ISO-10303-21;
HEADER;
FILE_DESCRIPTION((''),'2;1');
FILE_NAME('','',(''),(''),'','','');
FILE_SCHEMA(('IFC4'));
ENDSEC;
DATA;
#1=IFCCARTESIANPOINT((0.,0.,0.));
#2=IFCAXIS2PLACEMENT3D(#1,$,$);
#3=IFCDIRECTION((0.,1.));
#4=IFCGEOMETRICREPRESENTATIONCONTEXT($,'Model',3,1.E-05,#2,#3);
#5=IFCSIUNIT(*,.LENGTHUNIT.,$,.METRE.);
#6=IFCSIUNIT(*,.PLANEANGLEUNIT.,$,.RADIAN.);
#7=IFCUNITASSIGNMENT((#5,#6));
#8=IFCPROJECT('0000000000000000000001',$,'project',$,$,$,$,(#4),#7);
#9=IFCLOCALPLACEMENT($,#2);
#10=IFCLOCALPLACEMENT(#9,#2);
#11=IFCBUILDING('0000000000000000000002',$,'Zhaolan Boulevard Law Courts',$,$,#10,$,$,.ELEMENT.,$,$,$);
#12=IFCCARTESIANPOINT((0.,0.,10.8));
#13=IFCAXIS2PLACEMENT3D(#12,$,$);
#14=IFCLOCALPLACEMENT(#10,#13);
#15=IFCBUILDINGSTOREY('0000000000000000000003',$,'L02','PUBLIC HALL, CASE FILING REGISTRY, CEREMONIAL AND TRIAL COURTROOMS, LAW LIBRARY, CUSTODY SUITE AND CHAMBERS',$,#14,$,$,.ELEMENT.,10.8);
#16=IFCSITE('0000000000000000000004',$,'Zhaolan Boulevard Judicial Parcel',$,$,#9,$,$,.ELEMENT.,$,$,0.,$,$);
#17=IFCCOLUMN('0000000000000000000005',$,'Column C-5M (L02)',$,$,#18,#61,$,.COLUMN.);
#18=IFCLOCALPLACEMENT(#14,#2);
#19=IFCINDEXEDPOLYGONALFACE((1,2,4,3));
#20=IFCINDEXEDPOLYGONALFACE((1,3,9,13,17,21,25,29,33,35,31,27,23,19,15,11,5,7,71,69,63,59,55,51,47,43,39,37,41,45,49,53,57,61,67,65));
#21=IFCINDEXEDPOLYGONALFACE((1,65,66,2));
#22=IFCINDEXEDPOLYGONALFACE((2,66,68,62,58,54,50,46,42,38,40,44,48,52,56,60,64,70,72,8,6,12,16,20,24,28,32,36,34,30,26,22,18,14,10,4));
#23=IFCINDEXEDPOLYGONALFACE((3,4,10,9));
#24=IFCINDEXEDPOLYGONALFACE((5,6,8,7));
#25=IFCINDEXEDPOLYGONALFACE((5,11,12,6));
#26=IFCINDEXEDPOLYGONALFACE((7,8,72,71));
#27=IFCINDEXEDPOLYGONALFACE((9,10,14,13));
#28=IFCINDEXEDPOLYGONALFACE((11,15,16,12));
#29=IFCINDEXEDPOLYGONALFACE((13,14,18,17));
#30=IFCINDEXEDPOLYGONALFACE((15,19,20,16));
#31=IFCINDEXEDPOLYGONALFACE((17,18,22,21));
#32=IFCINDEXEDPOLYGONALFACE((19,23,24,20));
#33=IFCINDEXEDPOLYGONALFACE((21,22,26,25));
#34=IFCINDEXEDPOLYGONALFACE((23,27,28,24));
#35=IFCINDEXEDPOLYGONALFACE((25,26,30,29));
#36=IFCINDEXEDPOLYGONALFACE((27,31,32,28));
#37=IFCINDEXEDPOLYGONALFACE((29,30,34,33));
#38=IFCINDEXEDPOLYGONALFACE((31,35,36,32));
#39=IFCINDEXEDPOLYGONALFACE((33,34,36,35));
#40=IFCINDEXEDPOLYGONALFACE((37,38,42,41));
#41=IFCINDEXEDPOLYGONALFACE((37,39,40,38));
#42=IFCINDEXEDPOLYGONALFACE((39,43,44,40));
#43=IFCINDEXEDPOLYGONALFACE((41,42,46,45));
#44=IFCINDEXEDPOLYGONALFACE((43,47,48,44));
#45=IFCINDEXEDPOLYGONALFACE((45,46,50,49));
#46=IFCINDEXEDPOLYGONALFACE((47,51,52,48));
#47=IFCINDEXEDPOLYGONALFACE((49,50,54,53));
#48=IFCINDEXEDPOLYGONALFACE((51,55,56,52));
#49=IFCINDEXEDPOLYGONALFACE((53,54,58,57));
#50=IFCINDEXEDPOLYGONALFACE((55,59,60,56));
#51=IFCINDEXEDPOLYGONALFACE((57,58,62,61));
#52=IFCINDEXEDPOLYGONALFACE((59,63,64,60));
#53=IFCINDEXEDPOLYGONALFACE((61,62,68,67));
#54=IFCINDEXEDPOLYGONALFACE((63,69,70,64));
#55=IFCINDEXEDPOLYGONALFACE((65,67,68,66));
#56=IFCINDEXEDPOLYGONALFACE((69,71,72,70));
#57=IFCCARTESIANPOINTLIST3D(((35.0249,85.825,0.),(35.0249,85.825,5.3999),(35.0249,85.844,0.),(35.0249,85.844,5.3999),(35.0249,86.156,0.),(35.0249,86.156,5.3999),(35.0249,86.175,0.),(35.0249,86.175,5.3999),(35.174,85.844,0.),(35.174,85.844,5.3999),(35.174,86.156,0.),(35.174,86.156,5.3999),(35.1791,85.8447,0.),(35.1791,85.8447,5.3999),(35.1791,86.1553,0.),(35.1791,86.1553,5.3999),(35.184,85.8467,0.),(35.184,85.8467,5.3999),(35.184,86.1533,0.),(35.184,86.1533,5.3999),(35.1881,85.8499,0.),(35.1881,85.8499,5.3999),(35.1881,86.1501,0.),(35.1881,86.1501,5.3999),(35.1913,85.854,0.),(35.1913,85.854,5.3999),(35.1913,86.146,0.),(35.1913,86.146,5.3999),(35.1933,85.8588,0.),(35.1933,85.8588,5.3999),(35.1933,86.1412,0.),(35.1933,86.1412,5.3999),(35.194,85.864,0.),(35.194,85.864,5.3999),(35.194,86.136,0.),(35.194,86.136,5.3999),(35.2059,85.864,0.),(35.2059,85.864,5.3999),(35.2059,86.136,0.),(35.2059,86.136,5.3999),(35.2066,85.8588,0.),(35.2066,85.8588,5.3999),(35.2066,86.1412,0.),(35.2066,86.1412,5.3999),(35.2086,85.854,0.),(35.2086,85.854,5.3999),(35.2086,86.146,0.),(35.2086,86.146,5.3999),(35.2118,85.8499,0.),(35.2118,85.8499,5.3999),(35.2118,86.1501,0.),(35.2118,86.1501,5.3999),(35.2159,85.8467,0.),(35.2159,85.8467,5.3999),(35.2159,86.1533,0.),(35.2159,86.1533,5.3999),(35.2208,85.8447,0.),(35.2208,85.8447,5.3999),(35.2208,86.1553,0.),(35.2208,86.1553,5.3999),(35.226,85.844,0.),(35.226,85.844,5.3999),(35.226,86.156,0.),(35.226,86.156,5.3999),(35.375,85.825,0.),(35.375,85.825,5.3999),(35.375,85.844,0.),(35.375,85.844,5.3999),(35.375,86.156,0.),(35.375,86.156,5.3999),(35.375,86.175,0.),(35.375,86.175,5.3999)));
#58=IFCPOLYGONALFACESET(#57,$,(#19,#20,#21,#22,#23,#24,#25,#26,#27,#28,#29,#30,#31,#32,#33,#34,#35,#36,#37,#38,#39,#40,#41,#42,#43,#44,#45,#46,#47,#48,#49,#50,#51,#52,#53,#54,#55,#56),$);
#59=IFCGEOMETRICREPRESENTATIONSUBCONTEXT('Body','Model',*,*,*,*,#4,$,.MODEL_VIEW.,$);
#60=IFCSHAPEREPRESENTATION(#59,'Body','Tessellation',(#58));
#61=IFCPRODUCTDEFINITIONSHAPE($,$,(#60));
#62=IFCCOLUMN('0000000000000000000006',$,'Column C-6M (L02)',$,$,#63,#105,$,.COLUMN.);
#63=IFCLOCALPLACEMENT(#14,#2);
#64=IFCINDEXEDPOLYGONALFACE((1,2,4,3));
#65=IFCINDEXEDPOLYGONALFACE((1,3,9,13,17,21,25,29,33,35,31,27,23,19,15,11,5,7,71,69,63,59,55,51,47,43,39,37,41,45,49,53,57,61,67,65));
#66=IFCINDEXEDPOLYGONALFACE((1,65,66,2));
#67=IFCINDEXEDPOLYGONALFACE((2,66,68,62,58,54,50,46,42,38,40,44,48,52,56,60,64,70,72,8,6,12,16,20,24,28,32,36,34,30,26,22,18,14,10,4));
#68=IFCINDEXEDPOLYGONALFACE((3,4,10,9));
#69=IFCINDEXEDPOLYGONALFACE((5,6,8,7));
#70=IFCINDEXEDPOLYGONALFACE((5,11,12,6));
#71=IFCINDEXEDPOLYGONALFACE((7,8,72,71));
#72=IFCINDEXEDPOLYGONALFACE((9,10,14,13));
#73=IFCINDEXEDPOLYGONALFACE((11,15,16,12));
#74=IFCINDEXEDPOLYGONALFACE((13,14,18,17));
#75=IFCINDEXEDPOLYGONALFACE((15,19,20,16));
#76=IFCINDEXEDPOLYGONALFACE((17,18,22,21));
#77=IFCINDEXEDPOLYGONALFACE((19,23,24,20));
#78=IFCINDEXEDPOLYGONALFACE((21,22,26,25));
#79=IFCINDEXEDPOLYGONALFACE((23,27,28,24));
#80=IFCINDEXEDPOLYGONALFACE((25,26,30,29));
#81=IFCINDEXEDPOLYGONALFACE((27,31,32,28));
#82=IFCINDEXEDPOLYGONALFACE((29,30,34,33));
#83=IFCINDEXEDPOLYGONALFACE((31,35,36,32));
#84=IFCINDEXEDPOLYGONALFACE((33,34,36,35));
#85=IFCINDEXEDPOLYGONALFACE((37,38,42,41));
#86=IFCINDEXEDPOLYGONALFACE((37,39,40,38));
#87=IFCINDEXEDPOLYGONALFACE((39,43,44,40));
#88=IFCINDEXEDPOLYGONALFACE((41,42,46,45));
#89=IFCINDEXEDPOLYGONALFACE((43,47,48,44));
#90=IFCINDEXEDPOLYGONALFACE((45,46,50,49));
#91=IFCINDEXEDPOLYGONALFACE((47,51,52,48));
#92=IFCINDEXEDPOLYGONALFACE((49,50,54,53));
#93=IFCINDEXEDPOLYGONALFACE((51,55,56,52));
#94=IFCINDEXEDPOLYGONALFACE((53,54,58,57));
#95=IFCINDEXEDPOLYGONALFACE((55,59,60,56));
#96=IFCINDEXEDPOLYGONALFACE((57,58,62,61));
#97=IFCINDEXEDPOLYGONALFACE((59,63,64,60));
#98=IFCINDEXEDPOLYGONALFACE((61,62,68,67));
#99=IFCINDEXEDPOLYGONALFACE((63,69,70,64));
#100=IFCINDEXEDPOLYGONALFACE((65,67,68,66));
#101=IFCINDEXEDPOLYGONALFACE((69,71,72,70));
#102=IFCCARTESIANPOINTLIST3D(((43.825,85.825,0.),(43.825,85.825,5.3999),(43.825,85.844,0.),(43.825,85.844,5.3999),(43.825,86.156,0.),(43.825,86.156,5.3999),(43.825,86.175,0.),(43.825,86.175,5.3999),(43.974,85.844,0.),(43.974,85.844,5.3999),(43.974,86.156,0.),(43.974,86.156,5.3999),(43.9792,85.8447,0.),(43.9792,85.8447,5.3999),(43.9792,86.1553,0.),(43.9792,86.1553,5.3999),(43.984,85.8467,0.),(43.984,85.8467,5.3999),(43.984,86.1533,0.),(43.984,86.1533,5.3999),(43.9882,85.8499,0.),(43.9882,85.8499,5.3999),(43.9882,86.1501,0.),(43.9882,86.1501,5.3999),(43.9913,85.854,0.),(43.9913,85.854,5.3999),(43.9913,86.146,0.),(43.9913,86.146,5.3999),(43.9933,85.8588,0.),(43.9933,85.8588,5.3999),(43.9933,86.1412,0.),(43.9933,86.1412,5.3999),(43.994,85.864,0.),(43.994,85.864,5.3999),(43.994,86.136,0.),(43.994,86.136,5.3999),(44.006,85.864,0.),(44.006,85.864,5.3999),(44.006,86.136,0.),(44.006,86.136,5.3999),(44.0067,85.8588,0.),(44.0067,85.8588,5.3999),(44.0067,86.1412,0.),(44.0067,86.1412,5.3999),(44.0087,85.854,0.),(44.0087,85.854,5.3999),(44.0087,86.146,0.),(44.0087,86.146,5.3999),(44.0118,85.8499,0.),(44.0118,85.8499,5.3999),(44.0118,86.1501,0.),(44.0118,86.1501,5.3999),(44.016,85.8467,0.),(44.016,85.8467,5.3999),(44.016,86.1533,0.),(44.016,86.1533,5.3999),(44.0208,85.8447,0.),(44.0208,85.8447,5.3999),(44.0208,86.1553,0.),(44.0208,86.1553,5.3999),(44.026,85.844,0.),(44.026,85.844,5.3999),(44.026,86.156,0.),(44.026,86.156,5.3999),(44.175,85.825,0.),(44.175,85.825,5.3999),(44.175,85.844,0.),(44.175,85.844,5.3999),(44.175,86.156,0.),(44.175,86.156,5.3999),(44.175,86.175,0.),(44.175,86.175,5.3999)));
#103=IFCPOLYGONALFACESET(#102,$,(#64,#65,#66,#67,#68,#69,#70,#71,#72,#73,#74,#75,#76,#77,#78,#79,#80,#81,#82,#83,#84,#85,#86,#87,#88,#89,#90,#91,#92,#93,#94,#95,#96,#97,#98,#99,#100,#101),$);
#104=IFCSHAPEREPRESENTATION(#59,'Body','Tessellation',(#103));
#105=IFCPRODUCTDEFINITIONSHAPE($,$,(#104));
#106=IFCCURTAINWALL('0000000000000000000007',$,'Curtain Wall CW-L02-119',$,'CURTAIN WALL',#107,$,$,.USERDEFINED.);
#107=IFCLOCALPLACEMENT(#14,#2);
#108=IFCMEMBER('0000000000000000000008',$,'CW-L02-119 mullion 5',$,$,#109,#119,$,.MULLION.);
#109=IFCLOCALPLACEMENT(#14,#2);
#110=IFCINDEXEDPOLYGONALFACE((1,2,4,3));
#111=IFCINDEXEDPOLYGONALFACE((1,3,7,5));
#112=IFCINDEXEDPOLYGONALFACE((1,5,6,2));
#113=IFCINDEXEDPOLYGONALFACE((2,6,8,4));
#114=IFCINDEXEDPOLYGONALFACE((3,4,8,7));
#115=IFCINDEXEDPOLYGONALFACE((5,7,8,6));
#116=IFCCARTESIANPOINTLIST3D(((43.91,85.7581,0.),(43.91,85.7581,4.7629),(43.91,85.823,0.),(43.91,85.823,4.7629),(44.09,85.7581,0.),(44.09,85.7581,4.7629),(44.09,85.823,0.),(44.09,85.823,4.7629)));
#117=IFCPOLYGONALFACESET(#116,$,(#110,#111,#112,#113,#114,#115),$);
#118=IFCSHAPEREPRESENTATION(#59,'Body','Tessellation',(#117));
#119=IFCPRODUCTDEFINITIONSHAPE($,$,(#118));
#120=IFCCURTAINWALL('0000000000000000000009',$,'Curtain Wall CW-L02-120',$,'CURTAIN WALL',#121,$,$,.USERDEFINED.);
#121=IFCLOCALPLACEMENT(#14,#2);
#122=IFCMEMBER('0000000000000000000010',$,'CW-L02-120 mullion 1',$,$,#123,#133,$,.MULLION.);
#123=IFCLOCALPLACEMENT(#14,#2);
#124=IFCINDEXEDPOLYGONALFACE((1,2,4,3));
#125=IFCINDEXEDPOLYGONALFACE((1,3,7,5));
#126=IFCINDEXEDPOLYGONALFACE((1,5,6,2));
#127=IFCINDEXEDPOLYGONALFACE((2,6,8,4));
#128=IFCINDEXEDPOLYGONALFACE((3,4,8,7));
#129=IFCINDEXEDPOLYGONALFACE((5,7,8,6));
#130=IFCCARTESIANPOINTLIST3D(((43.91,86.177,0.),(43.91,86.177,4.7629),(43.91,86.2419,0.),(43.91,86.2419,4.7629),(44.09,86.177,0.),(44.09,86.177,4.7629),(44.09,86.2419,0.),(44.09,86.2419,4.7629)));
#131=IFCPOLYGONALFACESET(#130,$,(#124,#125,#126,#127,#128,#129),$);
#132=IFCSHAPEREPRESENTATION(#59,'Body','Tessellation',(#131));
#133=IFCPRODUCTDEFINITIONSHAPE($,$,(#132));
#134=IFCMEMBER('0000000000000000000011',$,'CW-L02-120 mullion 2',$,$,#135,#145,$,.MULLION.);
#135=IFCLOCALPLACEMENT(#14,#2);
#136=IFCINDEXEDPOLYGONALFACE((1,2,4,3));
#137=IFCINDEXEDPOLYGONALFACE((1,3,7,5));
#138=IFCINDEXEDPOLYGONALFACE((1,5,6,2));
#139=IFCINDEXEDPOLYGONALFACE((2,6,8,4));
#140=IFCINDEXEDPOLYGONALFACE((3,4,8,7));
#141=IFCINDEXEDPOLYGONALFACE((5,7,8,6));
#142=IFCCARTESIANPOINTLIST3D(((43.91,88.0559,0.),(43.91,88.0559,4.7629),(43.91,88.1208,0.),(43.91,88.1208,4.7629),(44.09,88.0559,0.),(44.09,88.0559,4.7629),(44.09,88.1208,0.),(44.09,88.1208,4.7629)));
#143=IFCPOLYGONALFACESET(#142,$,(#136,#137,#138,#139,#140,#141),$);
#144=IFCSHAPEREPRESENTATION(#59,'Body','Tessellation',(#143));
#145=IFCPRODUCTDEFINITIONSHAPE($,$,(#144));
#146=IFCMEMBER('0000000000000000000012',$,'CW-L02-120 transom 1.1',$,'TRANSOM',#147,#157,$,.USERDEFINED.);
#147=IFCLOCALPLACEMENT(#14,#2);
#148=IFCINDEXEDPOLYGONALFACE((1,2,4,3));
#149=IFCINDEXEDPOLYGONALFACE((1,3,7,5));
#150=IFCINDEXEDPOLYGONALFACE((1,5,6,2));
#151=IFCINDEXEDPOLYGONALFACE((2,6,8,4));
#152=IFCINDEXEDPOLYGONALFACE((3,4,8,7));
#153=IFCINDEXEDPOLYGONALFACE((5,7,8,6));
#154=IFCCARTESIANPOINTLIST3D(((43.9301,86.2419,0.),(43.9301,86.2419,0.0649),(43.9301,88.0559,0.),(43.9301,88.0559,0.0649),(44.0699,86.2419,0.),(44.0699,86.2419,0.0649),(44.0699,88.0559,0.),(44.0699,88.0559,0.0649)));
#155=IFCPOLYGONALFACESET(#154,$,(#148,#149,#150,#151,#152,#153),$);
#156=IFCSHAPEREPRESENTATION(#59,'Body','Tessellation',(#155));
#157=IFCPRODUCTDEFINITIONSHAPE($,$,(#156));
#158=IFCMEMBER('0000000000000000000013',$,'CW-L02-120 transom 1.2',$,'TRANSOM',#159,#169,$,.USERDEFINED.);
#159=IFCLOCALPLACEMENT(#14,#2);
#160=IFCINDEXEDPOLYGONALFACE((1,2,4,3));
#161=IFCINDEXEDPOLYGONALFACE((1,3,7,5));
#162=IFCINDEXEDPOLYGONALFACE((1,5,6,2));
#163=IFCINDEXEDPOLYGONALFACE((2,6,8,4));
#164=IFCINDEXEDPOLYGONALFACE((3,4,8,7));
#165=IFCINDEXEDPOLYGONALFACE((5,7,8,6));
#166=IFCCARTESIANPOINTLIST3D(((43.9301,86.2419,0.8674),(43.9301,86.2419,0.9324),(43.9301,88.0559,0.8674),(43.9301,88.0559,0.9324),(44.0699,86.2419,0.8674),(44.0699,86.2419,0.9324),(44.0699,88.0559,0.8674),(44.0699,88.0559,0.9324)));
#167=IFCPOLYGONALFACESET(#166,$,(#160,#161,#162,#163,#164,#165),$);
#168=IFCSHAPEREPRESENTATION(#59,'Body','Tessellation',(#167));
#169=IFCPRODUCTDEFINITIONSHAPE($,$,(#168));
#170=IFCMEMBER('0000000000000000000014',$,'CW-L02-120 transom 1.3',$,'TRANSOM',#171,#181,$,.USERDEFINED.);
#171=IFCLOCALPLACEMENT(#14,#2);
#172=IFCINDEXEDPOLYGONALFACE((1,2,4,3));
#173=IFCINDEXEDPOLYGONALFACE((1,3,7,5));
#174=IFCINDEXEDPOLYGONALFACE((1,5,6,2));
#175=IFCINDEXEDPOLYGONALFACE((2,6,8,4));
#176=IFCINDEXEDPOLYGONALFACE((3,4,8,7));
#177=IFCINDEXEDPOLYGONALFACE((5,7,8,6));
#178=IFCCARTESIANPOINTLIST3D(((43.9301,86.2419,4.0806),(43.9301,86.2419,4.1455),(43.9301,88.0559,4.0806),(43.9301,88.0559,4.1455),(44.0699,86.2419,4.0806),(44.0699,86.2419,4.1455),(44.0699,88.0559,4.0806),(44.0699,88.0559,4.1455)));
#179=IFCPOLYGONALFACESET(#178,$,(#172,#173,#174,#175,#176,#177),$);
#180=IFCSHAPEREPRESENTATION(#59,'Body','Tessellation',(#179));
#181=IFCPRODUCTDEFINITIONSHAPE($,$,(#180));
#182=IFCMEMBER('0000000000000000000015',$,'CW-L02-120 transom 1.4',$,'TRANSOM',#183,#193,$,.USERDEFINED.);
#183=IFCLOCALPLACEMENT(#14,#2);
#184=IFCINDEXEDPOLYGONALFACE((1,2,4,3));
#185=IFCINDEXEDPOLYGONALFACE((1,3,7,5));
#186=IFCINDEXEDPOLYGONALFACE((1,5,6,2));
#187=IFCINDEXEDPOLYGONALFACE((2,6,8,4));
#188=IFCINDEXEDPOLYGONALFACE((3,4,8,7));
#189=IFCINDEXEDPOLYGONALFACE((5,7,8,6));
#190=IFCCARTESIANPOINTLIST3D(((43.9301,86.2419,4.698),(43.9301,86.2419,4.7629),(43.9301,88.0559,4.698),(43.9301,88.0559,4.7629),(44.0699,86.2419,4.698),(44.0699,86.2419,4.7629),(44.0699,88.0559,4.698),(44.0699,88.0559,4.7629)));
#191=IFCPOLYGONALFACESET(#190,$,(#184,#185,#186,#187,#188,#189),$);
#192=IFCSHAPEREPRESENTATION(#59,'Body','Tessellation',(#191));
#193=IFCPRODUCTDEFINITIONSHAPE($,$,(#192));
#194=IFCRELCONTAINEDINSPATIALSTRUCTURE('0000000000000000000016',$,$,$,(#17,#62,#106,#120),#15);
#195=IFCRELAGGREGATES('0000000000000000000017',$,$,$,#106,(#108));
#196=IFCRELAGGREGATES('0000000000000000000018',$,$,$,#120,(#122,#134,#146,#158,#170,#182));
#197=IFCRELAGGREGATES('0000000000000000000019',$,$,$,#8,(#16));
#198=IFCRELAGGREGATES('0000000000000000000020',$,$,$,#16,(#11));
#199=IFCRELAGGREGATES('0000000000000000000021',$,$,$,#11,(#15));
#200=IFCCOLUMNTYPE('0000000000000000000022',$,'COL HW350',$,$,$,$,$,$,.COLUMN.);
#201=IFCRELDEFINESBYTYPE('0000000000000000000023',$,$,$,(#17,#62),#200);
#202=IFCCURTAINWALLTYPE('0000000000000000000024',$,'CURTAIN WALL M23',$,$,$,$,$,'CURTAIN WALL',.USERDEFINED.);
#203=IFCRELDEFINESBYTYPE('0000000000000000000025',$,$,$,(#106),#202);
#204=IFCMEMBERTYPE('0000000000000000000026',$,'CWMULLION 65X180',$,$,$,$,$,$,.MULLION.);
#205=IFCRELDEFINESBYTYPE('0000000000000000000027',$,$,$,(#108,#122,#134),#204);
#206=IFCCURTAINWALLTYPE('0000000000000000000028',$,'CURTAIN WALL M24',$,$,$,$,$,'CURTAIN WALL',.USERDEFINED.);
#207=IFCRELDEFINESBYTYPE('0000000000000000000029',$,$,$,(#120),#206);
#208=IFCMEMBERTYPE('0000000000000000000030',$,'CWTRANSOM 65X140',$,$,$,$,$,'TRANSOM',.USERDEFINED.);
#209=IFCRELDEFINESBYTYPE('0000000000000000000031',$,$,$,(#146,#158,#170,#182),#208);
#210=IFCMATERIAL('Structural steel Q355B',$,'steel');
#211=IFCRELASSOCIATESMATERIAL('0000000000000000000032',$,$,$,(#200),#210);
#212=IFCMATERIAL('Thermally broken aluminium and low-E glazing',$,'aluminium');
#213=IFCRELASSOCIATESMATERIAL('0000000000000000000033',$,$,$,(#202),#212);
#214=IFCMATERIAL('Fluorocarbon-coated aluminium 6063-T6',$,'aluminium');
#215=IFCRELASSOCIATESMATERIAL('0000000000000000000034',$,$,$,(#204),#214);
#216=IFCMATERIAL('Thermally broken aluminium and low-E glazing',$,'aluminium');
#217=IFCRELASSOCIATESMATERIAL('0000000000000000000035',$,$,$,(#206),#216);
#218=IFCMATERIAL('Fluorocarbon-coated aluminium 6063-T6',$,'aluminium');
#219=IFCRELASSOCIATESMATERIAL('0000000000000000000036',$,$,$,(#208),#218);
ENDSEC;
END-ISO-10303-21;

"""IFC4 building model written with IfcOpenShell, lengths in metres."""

from ifc_helpers import new_model, si_unit, direction, frame, origin, origin_2d, place, context, subcontext, project, spatial, rectangle, i_section, extrude, material, material_profile, profile_set, type_object, element, aggregate, save


model = new_model("IFC4")

# Units and contexts
model_context = context("Model", 3, precision=1e-05, world=origin(), true_north=direction((0.0, 1.0)))
body_context = subcontext(model_context, "Body", "Model", "MODEL_VIEW")
ifc_project = project(units=[si_unit("LENGTHUNIT", "METRE"), si_unit("PLANEANGLEUNIT", "RADIAN")], contexts=[model_context])

# Site, building, storey
site_placement = place(None, origin())
site = spatial("IfcSite", under=ifc_project, at=site_placement, Name="Zhaolan Boulevard Judicial Parcel", CompositionType="ELEMENT", RefElevation=0.0)
building_placement = place(site_placement, origin())
building = spatial("IfcBuilding", under=site, at=building_placement, Name="Zhaolan Boulevard Law Courts", CompositionType="ELEMENT")
storey_placement = place(building_placement, frame((0.0, 0.0, 10.8)))
storey = spatial("IfcBuildingStorey", under=building, at=storey_placement, Name="L02", Description="PUBLIC HALL, CASE FILING REGISTRY, CEREMONIAL AND TRIAL COURTROOMS, LAW LIBRARY, CUSTODY SUITE AND CHAMBERS", CompositionType="ELEMENT", Elevation=10.8)

# Columns
ifc_material_1 = material(Name="Structural steel Q355B", Category="steel")
ifc_material_profile_1 = material_profile(ifc_material_1, i_section(OverallWidth=0.3501, OverallDepth=0.3501, WebThickness=0.012, FlangeThickness=0.019, FilletRadius=0.02, at=origin_2d()), Name="HW350x350")
ifc_profile_set_1 = profile_set([ifc_material_profile_1], Name="Structural steel Q355B")
column_type = type_object("IfcColumnType", Name="COL HW350", PredefinedType="COLUMN", material=ifc_profile_set_1)
for number, where, z_axis, x_axis, name in (
    (1, (35.2, 86.0, 0.0), (0.0, 0.0, 1.0), (1.0, 0.0, 0.0), "Column C-5M (L02)"),
    (2, (44.0, 86.0, 0.0), (0.0, 0.0, 1.0), (1.0, 0.0, 0.0), "Column C-6M (L02)"),
):
    element("IfcColumn", number, at=place(storey_placement, frame(where, z_axis=z_axis, x_axis=x_axis)), inside=storey, type_object=column_type, Name=name, PredefinedType="COLUMN", context=body_context, shape_type="SweptSolid", body=[
        extrude(i_section(OverallWidth=0.3501, OverallDepth=0.3501, WebThickness=0.012, FlangeThickness=0.019, FilletRadius=0.02, at=origin_2d()), origin(), (0.0, 0.0, 1.0), 5.3999),
    ])

# Curtain wall, member
ifc_material_2 = material(Name="Thermally broken aluminium and low-E glazing", Category="aluminium")
curtain_wall_type_1 = type_object("IfcCurtainWallType", Name="CURTAIN WALL M23", ElementType="CURTAIN WALL", PredefinedType="USERDEFINED", material=ifc_material_2)
curtain_wall_1_placement = place(storey_placement, origin())
curtain_wall_1 = element("IfcCurtainWall", 3, at=curtain_wall_1_placement, inside=storey, type_object=curtain_wall_type_1, Name="Curtain Wall CW-L02-119", ObjectType="CURTAIN WALL", PredefinedType="USERDEFINED")
ifc_material_3 = material(Name="Fluorocarbon-coated aluminium 6063-T6", Category="aluminium")
ifc_material_profile_2 = material_profile(ifc_material_3, rectangle(XDim=0.1799, YDim=0.0649, at=origin_2d()), Name="AL65x180")
ifc_profile_set_2 = profile_set([ifc_material_profile_2], Name="Fluorocarbon-coated aluminium 6063-T6")
member_type_1 = type_object("IfcMemberType", Name="CWMULLION 65X180", PredefinedType="MULLION", material=ifc_profile_set_2)
member_1_placement = place(storey_placement, frame((44.0, 85.7905, 0.0), z_axis=(0.0, 0.0, 1.0), x_axis=(-1.0, 0.0, 0.0)))
member_1 = element("IfcMember", 4, at=member_1_placement, type_object=member_type_1, Name="CW-L02-119 mullion 5", PredefinedType="MULLION", context=body_context, shape_type="SweptSolid", body=[
    extrude(rectangle(XDim=0.1799, YDim=0.0649, at=origin_2d()), origin(), (0.0, 0.0, 1.0), 4.7629),
])

# Curtain wall, members
ifc_material_4 = material(Name="Thermally broken aluminium and low-E glazing", Category="aluminium")
curtain_wall_type_2 = type_object("IfcCurtainWallType", Name="CURTAIN WALL M24", ElementType="CURTAIN WALL", PredefinedType="USERDEFINED", material=ifc_material_4)
curtain_wall_2_placement = place(storey_placement, origin())
curtain_wall_2 = element("IfcCurtainWall", 5, at=curtain_wall_2_placement, inside=storey, type_object=curtain_wall_type_2, Name="Curtain Wall CW-L02-120", ObjectType="CURTAIN WALL", PredefinedType="USERDEFINED")
member_2_placement = place(storey_placement, frame((44.0, 86.2095, 0.0), z_axis=(0.0, 0.0, 1.0), x_axis=(-1.0, 0.0, 0.0)))
member_2 = element("IfcMember", 6, at=member_2_placement, type_object=member_type_1, Name="CW-L02-120 mullion 1", PredefinedType="MULLION", context=body_context, shape_type="SweptSolid", body=[
    extrude(rectangle(XDim=0.1799, YDim=0.0649, at=origin_2d()), origin(), (0.0, 0.0, 1.0), 4.7629),
])
member_3_placement = place(storey_placement, frame((44.0, 88.0884, 0.0), z_axis=(0.0, 0.0, 1.0), x_axis=(-1.0, 0.0, 0.0)))
member_3 = element("IfcMember", 7, at=member_3_placement, type_object=member_type_1, Name="CW-L02-120 mullion 2", PredefinedType="MULLION", context=body_context, shape_type="SweptSolid", body=[
    extrude(rectangle(XDim=0.1799, YDim=0.0649, at=origin_2d()), origin(), (0.0, 0.0, 1.0), 4.7629),
])
ifc_material_5 = material(Name="Fluorocarbon-coated aluminium 6063-T6", Category="aluminium")
ifc_material_profile_3 = material_profile(ifc_material_5, rectangle(XDim=0.1399, YDim=0.0649, at=origin_2d()), Name="AL65x140")
ifc_profile_set_3 = profile_set([ifc_material_profile_3], Name="Fluorocarbon-coated aluminium 6063-T6")
member_type_2 = type_object("IfcMemberType", Name="CWTRANSOM 65X140", ElementType="TRANSOM", PredefinedType="USERDEFINED", material=ifc_profile_set_3)
member_4_placement = place(storey_placement, frame((44.0, 86.2419, 0.0325), z_axis=(0.0, 1.0, 0.0), x_axis=(-1.0, 0.0, 0.0)))
member_4 = element("IfcMember", 8, at=member_4_placement, type_object=member_type_2, Name="CW-L02-120 transom 1.1", ObjectType="TRANSOM", PredefinedType="USERDEFINED", context=body_context, shape_type="SweptSolid", body=[
    extrude(rectangle(XDim=0.1399, YDim=0.0649, at=origin_2d()), origin(), (0.0, 0.0, 1.0), 1.814),
])
member_5_placement = place(storey_placement, frame((44.0, 86.2419, 0.8999), z_axis=(0.0, 1.0, 0.0), x_axis=(-1.0, 0.0, 0.0)))
member_5 = element("IfcMember", 9, at=member_5_placement, type_object=member_type_2, Name="CW-L02-120 transom 1.2", ObjectType="TRANSOM", PredefinedType="USERDEFINED", context=body_context, shape_type="SweptSolid", body=[
    extrude(rectangle(XDim=0.1399, YDim=0.0649, at=origin_2d()), origin(), (0.0, 0.0, 1.0), 1.814),
])
member_6_placement = place(storey_placement, frame((44.0, 86.2419, 4.113), z_axis=(0.0, 1.0, 0.0), x_axis=(-1.0, 0.0, 0.0)))
member_6 = element("IfcMember", 10, at=member_6_placement, type_object=member_type_2, Name="CW-L02-120 transom 1.3", ObjectType="TRANSOM", PredefinedType="USERDEFINED", context=body_context, shape_type="SweptSolid", body=[
    extrude(rectangle(XDim=0.1399, YDim=0.0649, at=origin_2d()), origin(), (0.0, 0.0, 1.0), 1.814),
])
member_7_placement = place(storey_placement, frame((44.0, 86.2419, 4.7305), z_axis=(0.0, 1.0, 0.0), x_axis=(-1.0, 0.0, 0.0)))
member_7 = element("IfcMember", 11, at=member_7_placement, type_object=member_type_2, Name="CW-L02-120 transom 1.4", ObjectType="TRANSOM", PredefinedType="USERDEFINED", context=body_context, shape_type="SweptSolid", body=[
    extrude(rectangle(XDim=0.1399, YDim=0.0649, at=origin_2d()), origin(), (0.0, 0.0, 1.0), 1.814),
])

aggregate(curtain_wall_1, [member_1])
aggregate(curtain_wall_2, [member_2, member_3, member_4, member_5, member_6, member_7])

save(model, "model.ifc")
